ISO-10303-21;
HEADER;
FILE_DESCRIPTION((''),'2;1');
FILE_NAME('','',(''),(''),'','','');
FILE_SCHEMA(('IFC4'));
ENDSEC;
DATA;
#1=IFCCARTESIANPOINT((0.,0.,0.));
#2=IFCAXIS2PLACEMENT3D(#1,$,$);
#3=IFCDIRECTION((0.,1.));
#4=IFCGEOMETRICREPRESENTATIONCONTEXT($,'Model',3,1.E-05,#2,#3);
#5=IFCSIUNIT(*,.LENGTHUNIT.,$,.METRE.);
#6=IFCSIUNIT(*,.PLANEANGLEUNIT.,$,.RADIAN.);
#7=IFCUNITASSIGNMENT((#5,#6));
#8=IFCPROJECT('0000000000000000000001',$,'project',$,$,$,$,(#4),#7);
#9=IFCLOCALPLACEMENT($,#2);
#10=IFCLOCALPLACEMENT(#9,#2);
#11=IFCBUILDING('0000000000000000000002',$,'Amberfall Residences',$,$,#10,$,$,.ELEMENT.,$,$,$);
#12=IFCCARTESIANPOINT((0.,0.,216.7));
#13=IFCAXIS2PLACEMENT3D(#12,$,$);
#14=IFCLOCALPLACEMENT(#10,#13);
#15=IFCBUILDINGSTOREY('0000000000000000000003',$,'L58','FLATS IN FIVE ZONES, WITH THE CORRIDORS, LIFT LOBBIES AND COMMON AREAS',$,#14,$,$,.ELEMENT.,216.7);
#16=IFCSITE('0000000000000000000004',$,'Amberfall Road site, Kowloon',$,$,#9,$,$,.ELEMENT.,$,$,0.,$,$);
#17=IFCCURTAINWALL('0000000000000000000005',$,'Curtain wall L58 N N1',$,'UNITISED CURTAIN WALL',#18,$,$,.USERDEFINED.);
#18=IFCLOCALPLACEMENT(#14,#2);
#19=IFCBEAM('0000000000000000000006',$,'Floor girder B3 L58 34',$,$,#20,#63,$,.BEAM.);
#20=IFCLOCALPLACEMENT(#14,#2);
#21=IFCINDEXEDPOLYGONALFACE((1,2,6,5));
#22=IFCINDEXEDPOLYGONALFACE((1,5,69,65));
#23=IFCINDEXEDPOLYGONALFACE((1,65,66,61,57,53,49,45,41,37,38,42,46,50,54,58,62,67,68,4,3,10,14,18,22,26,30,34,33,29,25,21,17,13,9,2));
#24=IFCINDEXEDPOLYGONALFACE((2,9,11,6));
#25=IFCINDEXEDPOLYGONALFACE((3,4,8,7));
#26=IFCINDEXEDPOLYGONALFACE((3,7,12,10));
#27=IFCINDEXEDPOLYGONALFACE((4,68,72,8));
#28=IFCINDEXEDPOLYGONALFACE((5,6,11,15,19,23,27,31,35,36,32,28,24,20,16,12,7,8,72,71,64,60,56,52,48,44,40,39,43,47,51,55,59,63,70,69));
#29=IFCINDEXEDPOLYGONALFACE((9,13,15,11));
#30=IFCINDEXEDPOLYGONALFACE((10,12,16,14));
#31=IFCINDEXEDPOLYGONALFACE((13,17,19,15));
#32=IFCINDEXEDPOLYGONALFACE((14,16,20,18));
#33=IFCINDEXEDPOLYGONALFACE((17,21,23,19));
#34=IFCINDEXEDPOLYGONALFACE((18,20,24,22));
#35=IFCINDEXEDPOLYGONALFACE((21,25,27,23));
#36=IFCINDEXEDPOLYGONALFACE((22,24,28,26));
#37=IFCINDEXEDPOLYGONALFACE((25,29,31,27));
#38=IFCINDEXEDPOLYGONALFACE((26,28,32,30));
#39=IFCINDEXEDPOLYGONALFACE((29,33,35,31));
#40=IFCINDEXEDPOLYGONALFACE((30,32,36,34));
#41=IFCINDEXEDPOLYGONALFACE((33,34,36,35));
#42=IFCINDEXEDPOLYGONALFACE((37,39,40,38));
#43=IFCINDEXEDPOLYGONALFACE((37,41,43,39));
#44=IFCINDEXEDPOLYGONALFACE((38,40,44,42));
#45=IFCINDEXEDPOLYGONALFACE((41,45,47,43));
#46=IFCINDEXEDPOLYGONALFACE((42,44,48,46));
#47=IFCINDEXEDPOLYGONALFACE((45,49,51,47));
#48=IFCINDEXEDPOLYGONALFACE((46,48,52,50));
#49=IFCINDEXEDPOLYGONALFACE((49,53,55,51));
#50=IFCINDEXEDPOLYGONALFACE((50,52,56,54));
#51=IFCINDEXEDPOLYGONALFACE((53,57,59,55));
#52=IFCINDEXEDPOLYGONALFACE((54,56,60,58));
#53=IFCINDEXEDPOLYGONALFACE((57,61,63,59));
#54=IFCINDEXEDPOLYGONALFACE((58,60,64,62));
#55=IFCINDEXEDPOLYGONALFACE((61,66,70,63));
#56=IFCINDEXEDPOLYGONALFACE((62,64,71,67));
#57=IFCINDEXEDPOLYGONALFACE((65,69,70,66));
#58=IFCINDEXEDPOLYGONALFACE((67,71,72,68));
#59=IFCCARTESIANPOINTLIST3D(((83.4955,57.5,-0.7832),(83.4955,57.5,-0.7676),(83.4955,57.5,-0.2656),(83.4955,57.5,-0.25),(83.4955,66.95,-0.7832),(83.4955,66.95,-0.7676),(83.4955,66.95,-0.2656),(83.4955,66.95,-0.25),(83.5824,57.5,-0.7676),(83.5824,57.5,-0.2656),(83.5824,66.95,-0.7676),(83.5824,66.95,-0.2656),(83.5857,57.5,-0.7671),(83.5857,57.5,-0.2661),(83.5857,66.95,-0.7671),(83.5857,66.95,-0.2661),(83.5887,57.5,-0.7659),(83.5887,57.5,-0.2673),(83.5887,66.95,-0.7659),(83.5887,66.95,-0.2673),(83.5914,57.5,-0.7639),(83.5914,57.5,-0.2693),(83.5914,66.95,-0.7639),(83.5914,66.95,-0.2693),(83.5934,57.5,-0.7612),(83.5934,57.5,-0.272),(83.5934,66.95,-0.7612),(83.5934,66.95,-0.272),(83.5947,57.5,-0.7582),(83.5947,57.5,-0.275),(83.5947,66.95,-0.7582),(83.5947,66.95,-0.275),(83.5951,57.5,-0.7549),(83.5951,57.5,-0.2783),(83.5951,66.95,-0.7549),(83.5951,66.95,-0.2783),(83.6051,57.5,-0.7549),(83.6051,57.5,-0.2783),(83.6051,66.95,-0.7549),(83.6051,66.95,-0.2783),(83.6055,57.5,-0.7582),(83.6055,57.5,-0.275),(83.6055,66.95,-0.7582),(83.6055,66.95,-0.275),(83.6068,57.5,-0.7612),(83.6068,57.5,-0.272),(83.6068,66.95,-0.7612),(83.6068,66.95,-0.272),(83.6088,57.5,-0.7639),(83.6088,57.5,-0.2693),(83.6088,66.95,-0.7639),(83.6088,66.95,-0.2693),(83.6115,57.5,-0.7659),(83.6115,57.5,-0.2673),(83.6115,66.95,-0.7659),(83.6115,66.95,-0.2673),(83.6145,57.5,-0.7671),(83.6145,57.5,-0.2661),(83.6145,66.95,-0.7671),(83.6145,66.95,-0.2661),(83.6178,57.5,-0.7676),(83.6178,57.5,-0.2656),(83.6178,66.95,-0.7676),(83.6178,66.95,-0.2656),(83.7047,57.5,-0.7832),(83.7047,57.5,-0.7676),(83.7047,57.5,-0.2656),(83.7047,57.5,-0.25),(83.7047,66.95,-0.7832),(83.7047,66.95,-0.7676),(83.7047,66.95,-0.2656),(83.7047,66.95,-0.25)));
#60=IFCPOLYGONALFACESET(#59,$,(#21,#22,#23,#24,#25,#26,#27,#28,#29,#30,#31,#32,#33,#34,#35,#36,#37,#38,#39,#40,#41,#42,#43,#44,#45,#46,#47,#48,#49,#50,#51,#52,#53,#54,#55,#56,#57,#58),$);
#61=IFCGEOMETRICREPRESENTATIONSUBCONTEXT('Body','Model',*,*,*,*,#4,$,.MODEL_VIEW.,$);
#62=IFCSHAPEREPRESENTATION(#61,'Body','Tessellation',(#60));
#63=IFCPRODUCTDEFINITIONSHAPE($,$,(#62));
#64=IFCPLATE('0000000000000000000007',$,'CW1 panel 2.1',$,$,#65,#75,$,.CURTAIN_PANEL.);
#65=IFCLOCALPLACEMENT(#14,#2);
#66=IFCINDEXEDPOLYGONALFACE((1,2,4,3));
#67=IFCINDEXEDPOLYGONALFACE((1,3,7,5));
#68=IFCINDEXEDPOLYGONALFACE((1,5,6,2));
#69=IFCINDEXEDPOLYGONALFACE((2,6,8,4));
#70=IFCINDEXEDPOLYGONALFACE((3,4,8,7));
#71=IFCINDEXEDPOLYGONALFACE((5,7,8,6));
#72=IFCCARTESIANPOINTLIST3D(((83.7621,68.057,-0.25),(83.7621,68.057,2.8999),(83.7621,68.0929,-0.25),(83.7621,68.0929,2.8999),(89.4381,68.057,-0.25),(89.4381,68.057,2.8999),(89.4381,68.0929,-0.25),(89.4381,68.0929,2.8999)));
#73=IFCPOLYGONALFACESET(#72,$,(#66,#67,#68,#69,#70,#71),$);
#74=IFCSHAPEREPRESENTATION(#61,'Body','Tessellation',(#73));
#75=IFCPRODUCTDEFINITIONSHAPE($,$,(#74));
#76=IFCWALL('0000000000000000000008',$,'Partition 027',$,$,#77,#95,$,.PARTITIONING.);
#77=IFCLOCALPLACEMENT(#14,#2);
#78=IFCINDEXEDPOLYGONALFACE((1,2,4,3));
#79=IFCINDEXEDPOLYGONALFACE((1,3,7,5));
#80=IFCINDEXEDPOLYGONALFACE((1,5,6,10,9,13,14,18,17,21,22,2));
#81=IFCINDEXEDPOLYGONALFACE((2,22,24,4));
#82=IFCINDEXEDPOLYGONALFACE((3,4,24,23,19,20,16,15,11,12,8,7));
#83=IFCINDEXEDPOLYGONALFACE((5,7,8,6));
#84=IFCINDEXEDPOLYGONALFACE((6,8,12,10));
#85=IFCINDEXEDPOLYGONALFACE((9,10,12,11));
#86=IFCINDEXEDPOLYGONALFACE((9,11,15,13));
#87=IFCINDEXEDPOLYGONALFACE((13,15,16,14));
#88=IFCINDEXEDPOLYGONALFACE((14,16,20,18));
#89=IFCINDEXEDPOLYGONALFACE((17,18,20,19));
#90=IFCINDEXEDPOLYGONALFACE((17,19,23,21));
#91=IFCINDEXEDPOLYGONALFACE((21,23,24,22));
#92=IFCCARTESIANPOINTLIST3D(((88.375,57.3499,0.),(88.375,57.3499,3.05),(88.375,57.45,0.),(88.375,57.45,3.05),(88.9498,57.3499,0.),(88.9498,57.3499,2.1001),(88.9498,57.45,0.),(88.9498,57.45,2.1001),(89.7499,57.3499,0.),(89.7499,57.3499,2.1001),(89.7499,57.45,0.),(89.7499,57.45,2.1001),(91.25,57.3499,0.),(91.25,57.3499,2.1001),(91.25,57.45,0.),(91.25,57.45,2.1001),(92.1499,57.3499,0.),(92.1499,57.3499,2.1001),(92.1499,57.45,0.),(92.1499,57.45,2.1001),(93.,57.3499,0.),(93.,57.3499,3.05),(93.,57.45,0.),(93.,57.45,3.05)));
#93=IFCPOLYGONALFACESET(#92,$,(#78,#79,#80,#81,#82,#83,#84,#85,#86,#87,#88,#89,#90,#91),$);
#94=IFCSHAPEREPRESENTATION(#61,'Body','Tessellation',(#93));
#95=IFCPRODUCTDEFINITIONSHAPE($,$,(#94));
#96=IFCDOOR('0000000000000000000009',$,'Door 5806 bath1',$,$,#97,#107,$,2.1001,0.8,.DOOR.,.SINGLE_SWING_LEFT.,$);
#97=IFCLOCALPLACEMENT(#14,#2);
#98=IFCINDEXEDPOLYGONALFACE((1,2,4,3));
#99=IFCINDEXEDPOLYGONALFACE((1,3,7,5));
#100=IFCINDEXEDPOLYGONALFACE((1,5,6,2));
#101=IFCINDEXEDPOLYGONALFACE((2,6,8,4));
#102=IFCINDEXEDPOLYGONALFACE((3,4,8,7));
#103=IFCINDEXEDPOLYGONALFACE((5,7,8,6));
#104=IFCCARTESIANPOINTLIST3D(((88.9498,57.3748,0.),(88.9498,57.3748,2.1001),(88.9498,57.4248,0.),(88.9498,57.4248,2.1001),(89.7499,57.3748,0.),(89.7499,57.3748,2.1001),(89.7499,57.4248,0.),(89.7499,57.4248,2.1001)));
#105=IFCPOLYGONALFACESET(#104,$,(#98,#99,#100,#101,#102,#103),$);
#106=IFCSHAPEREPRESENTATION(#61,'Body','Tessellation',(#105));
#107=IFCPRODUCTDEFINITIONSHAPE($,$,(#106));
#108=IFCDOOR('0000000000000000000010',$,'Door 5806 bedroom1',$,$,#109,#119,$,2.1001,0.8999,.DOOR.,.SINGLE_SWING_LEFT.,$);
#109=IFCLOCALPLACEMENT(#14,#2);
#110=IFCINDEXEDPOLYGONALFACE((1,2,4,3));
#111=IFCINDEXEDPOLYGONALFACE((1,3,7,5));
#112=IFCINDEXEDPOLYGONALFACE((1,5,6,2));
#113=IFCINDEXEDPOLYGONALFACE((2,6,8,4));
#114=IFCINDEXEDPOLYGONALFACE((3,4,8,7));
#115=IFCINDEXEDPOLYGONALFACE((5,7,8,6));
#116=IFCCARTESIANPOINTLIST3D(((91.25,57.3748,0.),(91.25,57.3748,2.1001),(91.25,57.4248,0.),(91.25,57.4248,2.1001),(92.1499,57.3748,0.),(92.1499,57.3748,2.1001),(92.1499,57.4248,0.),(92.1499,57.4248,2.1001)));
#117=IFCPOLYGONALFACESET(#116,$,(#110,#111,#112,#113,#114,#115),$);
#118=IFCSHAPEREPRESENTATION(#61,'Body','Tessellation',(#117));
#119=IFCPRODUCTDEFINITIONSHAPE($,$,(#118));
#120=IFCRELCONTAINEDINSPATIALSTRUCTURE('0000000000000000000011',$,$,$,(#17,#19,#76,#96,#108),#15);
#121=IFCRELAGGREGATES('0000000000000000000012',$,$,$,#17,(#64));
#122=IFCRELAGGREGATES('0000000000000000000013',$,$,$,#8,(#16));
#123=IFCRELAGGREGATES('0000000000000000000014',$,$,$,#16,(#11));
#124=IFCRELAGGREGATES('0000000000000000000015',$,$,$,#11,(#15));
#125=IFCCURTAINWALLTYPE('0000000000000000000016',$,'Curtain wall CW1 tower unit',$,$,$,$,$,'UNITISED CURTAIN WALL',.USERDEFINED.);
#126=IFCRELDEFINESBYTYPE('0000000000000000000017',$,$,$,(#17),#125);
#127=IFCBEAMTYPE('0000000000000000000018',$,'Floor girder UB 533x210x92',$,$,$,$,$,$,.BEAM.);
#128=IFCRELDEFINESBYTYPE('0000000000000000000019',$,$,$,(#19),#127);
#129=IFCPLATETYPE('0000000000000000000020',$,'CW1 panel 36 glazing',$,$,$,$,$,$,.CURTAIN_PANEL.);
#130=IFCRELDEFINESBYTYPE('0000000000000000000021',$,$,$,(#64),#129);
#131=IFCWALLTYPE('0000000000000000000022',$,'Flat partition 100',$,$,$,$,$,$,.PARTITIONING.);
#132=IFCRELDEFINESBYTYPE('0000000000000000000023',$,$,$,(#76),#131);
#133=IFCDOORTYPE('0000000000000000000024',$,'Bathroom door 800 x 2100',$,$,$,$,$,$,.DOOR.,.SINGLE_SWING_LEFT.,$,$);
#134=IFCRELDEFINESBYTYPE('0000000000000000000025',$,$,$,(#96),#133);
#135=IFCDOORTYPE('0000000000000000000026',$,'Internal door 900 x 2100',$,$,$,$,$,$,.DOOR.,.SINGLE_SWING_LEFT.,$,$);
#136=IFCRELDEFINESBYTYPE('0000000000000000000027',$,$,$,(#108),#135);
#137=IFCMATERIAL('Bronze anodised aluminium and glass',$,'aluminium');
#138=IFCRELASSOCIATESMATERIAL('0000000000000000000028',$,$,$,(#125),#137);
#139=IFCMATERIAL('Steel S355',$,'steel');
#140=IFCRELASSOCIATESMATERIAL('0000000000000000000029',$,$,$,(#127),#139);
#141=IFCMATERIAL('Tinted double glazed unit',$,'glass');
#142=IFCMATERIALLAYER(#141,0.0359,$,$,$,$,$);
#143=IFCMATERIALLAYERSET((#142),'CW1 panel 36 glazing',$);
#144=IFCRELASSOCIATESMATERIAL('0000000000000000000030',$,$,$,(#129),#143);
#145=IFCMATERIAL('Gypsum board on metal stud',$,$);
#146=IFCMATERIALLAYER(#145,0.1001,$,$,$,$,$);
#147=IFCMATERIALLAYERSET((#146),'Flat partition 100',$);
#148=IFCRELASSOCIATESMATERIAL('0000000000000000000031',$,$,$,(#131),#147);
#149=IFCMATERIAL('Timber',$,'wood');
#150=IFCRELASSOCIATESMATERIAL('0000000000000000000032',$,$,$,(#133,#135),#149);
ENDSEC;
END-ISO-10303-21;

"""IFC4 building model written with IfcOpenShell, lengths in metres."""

from ifc_helpers import new_model, si_unit, direction, frame, frame_2d, origin, origin_2d, place, context, subcontext, project, spatial, rectangle, i_section, extrude, material, layer, layer_set, material_profile, profile_set, type_object, element, fill, aggregate, save


model = new_model("IFC4")

# Units and contexts
model_context = context("Model", 3, precision=1e-05, world=origin(), true_north=direction((0.0, 1.0)))
body_context = subcontext(model_context, "Body", "Model", "MODEL_VIEW")
ifc_project = project(units=[si_unit("LENGTHUNIT", "METRE"), si_unit("PLANEANGLEUNIT", "RADIAN")], contexts=[model_context])

# Site, building, storey
site_placement = place(None, origin())
site = spatial("IfcSite", under=ifc_project, at=site_placement, Name="Amberfall Road site, Kowloon", CompositionType="ELEMENT", RefElevation=0.0)
building_placement = place(site_placement, origin())
building = spatial("IfcBuilding", under=site, at=building_placement, Name="Amberfall Residences", CompositionType="ELEMENT")
storey_placement = place(building_placement, frame((0.0, 0.0, 216.7)))
storey = spatial("IfcBuildingStorey", under=building, at=storey_placement, Name="L58", Description="FLATS IN FIVE ZONES, WITH THE CORRIDORS, LIFT LOBBIES AND COMMON AREAS", CompositionType="ELEMENT", Elevation=216.7)

# Curtain wall
ifc_material_1 = material(Name="Bronze anodised aluminium and glass", Category="aluminium")
curtain_wall_type = type_object("IfcCurtainWallType", Name="Curtain wall CW1 tower unit", ElementType="UNITISED CURTAIN WALL", PredefinedType="USERDEFINED", material=ifc_material_1)
curtain_wall_placement = place(storey_placement, origin())
curtain_wall = element("IfcCurtainWall", 1, at=curtain_wall_placement, inside=storey, type_object=curtain_wall_type, Name="Curtain wall L58 N N1", ObjectType="UNITISED CURTAIN WALL", PredefinedType="USERDEFINED")

# Shared definitions
ifc_material_2 = material(Name="Steel S355", Category="steel")

# Beam
ifc_material_profile_1 = material_profile(ifc_material_2, i_section(OverallWidth=0.2092, OverallDepth=0.5332, WebThickness=0.01, FlangeThickness=0.0156, FilletRadius=0.0127, at=origin_2d()), Name="UB 533x210x92")
ifc_profile_set_1 = profile_set([ifc_material_profile_1], Name="Steel S355")
beam_type_1 = type_object("IfcBeamType", Name="Floor girder UB 533x210x92", PredefinedType="BEAM", material=ifc_profile_set_1)
beam_1_placement = place(storey_placement, frame((83.6001, 66.95, -0.5166), z_axis=(0.0, -1.0, 0.0), x_axis=(1.0, 0.0, 0.0)))
element("IfcBeam", 2, at=beam_1_placement, inside=storey, type_object=beam_type_1, Name="Floor girder B3 L58 34", PredefinedType="BEAM", context=body_context, shape_type="SweptSolid", body=[
    extrude(i_section(OverallWidth=0.2092, OverallDepth=0.5332, WebThickness=0.01, FlangeThickness=0.0156, FilletRadius=0.0127, at=origin_2d()), origin(), (0.0, 0.0, 1.0), 9.45),
])

# Plate
ifc_material_3 = material(Name="Tinted double glazed unit", Category="glass")
ifc_layer_1 = layer(ifc_material_3, 0.0359)
ifc_layer_set_1 = layer_set([ifc_layer_1], Name="CW1 panel 36 glazing")
plate_type = type_object("IfcPlateType", Name="CW1 panel 36 glazing", PredefinedType="CURTAIN_PANEL", material=ifc_layer_set_1)
plate_placement = place(storey_placement, frame((86.6001, 68.075, -0.25), z_axis=(0.0, 0.0, 1.0), x_axis=(-1.0, 0.0, 0.0)))
plate = element("IfcPlate", 3, at=plate_placement, type_object=plate_type, Name="CW1 panel 2.1", PredefinedType="CURTAIN_PANEL", context=body_context, shape_type="SweptSolid", body=[
    extrude(rectangle(XDim=5.676, YDim=0.0359, at=origin_2d()), origin(), (0.0, 0.0, 1.0), 3.1499),
])
aggregate(curtain_wall, [plate])

# Wall, openings, doors
ifc_material_4 = material(Name="Gypsum board on metal stud")
ifc_layer_2 = layer(ifc_material_4, 0.1001)
ifc_layer_set_2 = layer_set([ifc_layer_2], Name="Flat partition 100")
wall_type_1 = type_object("IfcWallType", Name="Flat partition 100", PredefinedType="PARTITIONING", material=ifc_layer_set_2)
wall_1_placement = place(storey_placement, frame((88.375, 57.3999, 0.0), z_axis=(0.0, 0.0, 1.0), x_axis=(1.0, 0.0, 0.0)))
wall_1 = element("IfcWall", 4, at=wall_1_placement, inside=storey, type_object=wall_type_1, Name="Partition 027", PredefinedType="PARTITIONING", context=body_context, shape_type="SweptSolid", body=[
    extrude(rectangle(XDim=4.625, YDim=0.1001, at=frame_2d((2.3125, 0.0))), origin(), (0.0, 0.0, 1.0), 3.05),
])
opening_1_placement = place(wall_1_placement, frame((2.875, 0.0, 0.0)))
opening_1 = element("IfcOpeningElement", 5, at=opening_1_placement, cuts=wall_1, PredefinedType="OPENING", context=body_context, shape_type="SweptSolid", body=[
    extrude(rectangle(XDim=0.8999, YDim=2.1001, at=frame_2d((0.45, 1.05))), frame((0.0, 0.0601, 0.0), z_axis=(0.0, -1.0, 0.0), x_axis=(1.0, 0.0, 0.0)), (0.0, 0.0, 1.0), 0.1201),
])
opening_2_placement = place(wall_1_placement, frame((0.575, 0.0, 0.0)))
opening_2 = element("IfcOpeningElement", 6, at=opening_2_placement, cuts=wall_1, PredefinedType="OPENING", context=body_context, shape_type="SweptSolid", body=[
    extrude(rectangle(XDim=0.8, YDim=2.1001, at=frame_2d((0.3999, 1.05))), frame((0.0, 0.0601, 0.0), z_axis=(0.0, -1.0, 0.0), x_axis=(1.0, 0.0, 0.0)), (0.0, 0.0, 1.0), 0.1201),
])
ifc_material_5 = material(Name="Timber", Category="wood")
door_type_1 = type_object("IfcDoorType", Name="Bathroom door 800 x 2100", OperationType="SINGLE_SWING_LEFT", PredefinedType="DOOR", material=ifc_material_5)
door_1_placement = place(opening_2_placement, origin())
door_1 = element("IfcDoor", 7, at=door_1_placement, inside=storey, type_object=door_type_1, Name="Door 5806 bath1", OperationType="SINGLE_SWING_LEFT", OverallHeight=2.1001, OverallWidth=0.8, PredefinedType="DOOR", context=body_context, shape_type="SweptSolid", body=[
    extrude(rectangle(XDim=0.8, YDim=2.1001, at=frame_2d((0.3999, 1.05))), frame((0.0, 0.0249, 0.0), z_axis=(0.0, -1.0, 0.0), x_axis=(1.0, 0.0, 0.0)), (0.0, 0.0, 1.0), 0.05),
])
fill(opening_2, door_1)
door_type_2 = type_object("IfcDoorType", Name="Internal door 900 x 2100", OperationType="SINGLE_SWING_LEFT", PredefinedType="DOOR", material=ifc_material_5)
door_2_placement = place(opening_1_placement, origin())
door_2 = element("IfcDoor", 8, at=door_2_placement, inside=storey, type_object=door_type_2, Name="Door 5806 bedroom1", OperationType="SINGLE_SWING_LEFT", OverallHeight=2.1001, OverallWidth=0.8999, PredefinedType="DOOR", context=body_context, shape_type="SweptSolid", body=[
    extrude(rectangle(XDim=0.8999, YDim=2.1001, at=frame_2d((0.45, 1.05))), frame((0.0, 0.0249, 0.0), z_axis=(0.0, -1.0, 0.0), x_axis=(1.0, 0.0, 0.0)), (0.0, 0.0, 1.0), 0.05),
])
fill(opening_1, door_2)

save(model, "model.ifc")
